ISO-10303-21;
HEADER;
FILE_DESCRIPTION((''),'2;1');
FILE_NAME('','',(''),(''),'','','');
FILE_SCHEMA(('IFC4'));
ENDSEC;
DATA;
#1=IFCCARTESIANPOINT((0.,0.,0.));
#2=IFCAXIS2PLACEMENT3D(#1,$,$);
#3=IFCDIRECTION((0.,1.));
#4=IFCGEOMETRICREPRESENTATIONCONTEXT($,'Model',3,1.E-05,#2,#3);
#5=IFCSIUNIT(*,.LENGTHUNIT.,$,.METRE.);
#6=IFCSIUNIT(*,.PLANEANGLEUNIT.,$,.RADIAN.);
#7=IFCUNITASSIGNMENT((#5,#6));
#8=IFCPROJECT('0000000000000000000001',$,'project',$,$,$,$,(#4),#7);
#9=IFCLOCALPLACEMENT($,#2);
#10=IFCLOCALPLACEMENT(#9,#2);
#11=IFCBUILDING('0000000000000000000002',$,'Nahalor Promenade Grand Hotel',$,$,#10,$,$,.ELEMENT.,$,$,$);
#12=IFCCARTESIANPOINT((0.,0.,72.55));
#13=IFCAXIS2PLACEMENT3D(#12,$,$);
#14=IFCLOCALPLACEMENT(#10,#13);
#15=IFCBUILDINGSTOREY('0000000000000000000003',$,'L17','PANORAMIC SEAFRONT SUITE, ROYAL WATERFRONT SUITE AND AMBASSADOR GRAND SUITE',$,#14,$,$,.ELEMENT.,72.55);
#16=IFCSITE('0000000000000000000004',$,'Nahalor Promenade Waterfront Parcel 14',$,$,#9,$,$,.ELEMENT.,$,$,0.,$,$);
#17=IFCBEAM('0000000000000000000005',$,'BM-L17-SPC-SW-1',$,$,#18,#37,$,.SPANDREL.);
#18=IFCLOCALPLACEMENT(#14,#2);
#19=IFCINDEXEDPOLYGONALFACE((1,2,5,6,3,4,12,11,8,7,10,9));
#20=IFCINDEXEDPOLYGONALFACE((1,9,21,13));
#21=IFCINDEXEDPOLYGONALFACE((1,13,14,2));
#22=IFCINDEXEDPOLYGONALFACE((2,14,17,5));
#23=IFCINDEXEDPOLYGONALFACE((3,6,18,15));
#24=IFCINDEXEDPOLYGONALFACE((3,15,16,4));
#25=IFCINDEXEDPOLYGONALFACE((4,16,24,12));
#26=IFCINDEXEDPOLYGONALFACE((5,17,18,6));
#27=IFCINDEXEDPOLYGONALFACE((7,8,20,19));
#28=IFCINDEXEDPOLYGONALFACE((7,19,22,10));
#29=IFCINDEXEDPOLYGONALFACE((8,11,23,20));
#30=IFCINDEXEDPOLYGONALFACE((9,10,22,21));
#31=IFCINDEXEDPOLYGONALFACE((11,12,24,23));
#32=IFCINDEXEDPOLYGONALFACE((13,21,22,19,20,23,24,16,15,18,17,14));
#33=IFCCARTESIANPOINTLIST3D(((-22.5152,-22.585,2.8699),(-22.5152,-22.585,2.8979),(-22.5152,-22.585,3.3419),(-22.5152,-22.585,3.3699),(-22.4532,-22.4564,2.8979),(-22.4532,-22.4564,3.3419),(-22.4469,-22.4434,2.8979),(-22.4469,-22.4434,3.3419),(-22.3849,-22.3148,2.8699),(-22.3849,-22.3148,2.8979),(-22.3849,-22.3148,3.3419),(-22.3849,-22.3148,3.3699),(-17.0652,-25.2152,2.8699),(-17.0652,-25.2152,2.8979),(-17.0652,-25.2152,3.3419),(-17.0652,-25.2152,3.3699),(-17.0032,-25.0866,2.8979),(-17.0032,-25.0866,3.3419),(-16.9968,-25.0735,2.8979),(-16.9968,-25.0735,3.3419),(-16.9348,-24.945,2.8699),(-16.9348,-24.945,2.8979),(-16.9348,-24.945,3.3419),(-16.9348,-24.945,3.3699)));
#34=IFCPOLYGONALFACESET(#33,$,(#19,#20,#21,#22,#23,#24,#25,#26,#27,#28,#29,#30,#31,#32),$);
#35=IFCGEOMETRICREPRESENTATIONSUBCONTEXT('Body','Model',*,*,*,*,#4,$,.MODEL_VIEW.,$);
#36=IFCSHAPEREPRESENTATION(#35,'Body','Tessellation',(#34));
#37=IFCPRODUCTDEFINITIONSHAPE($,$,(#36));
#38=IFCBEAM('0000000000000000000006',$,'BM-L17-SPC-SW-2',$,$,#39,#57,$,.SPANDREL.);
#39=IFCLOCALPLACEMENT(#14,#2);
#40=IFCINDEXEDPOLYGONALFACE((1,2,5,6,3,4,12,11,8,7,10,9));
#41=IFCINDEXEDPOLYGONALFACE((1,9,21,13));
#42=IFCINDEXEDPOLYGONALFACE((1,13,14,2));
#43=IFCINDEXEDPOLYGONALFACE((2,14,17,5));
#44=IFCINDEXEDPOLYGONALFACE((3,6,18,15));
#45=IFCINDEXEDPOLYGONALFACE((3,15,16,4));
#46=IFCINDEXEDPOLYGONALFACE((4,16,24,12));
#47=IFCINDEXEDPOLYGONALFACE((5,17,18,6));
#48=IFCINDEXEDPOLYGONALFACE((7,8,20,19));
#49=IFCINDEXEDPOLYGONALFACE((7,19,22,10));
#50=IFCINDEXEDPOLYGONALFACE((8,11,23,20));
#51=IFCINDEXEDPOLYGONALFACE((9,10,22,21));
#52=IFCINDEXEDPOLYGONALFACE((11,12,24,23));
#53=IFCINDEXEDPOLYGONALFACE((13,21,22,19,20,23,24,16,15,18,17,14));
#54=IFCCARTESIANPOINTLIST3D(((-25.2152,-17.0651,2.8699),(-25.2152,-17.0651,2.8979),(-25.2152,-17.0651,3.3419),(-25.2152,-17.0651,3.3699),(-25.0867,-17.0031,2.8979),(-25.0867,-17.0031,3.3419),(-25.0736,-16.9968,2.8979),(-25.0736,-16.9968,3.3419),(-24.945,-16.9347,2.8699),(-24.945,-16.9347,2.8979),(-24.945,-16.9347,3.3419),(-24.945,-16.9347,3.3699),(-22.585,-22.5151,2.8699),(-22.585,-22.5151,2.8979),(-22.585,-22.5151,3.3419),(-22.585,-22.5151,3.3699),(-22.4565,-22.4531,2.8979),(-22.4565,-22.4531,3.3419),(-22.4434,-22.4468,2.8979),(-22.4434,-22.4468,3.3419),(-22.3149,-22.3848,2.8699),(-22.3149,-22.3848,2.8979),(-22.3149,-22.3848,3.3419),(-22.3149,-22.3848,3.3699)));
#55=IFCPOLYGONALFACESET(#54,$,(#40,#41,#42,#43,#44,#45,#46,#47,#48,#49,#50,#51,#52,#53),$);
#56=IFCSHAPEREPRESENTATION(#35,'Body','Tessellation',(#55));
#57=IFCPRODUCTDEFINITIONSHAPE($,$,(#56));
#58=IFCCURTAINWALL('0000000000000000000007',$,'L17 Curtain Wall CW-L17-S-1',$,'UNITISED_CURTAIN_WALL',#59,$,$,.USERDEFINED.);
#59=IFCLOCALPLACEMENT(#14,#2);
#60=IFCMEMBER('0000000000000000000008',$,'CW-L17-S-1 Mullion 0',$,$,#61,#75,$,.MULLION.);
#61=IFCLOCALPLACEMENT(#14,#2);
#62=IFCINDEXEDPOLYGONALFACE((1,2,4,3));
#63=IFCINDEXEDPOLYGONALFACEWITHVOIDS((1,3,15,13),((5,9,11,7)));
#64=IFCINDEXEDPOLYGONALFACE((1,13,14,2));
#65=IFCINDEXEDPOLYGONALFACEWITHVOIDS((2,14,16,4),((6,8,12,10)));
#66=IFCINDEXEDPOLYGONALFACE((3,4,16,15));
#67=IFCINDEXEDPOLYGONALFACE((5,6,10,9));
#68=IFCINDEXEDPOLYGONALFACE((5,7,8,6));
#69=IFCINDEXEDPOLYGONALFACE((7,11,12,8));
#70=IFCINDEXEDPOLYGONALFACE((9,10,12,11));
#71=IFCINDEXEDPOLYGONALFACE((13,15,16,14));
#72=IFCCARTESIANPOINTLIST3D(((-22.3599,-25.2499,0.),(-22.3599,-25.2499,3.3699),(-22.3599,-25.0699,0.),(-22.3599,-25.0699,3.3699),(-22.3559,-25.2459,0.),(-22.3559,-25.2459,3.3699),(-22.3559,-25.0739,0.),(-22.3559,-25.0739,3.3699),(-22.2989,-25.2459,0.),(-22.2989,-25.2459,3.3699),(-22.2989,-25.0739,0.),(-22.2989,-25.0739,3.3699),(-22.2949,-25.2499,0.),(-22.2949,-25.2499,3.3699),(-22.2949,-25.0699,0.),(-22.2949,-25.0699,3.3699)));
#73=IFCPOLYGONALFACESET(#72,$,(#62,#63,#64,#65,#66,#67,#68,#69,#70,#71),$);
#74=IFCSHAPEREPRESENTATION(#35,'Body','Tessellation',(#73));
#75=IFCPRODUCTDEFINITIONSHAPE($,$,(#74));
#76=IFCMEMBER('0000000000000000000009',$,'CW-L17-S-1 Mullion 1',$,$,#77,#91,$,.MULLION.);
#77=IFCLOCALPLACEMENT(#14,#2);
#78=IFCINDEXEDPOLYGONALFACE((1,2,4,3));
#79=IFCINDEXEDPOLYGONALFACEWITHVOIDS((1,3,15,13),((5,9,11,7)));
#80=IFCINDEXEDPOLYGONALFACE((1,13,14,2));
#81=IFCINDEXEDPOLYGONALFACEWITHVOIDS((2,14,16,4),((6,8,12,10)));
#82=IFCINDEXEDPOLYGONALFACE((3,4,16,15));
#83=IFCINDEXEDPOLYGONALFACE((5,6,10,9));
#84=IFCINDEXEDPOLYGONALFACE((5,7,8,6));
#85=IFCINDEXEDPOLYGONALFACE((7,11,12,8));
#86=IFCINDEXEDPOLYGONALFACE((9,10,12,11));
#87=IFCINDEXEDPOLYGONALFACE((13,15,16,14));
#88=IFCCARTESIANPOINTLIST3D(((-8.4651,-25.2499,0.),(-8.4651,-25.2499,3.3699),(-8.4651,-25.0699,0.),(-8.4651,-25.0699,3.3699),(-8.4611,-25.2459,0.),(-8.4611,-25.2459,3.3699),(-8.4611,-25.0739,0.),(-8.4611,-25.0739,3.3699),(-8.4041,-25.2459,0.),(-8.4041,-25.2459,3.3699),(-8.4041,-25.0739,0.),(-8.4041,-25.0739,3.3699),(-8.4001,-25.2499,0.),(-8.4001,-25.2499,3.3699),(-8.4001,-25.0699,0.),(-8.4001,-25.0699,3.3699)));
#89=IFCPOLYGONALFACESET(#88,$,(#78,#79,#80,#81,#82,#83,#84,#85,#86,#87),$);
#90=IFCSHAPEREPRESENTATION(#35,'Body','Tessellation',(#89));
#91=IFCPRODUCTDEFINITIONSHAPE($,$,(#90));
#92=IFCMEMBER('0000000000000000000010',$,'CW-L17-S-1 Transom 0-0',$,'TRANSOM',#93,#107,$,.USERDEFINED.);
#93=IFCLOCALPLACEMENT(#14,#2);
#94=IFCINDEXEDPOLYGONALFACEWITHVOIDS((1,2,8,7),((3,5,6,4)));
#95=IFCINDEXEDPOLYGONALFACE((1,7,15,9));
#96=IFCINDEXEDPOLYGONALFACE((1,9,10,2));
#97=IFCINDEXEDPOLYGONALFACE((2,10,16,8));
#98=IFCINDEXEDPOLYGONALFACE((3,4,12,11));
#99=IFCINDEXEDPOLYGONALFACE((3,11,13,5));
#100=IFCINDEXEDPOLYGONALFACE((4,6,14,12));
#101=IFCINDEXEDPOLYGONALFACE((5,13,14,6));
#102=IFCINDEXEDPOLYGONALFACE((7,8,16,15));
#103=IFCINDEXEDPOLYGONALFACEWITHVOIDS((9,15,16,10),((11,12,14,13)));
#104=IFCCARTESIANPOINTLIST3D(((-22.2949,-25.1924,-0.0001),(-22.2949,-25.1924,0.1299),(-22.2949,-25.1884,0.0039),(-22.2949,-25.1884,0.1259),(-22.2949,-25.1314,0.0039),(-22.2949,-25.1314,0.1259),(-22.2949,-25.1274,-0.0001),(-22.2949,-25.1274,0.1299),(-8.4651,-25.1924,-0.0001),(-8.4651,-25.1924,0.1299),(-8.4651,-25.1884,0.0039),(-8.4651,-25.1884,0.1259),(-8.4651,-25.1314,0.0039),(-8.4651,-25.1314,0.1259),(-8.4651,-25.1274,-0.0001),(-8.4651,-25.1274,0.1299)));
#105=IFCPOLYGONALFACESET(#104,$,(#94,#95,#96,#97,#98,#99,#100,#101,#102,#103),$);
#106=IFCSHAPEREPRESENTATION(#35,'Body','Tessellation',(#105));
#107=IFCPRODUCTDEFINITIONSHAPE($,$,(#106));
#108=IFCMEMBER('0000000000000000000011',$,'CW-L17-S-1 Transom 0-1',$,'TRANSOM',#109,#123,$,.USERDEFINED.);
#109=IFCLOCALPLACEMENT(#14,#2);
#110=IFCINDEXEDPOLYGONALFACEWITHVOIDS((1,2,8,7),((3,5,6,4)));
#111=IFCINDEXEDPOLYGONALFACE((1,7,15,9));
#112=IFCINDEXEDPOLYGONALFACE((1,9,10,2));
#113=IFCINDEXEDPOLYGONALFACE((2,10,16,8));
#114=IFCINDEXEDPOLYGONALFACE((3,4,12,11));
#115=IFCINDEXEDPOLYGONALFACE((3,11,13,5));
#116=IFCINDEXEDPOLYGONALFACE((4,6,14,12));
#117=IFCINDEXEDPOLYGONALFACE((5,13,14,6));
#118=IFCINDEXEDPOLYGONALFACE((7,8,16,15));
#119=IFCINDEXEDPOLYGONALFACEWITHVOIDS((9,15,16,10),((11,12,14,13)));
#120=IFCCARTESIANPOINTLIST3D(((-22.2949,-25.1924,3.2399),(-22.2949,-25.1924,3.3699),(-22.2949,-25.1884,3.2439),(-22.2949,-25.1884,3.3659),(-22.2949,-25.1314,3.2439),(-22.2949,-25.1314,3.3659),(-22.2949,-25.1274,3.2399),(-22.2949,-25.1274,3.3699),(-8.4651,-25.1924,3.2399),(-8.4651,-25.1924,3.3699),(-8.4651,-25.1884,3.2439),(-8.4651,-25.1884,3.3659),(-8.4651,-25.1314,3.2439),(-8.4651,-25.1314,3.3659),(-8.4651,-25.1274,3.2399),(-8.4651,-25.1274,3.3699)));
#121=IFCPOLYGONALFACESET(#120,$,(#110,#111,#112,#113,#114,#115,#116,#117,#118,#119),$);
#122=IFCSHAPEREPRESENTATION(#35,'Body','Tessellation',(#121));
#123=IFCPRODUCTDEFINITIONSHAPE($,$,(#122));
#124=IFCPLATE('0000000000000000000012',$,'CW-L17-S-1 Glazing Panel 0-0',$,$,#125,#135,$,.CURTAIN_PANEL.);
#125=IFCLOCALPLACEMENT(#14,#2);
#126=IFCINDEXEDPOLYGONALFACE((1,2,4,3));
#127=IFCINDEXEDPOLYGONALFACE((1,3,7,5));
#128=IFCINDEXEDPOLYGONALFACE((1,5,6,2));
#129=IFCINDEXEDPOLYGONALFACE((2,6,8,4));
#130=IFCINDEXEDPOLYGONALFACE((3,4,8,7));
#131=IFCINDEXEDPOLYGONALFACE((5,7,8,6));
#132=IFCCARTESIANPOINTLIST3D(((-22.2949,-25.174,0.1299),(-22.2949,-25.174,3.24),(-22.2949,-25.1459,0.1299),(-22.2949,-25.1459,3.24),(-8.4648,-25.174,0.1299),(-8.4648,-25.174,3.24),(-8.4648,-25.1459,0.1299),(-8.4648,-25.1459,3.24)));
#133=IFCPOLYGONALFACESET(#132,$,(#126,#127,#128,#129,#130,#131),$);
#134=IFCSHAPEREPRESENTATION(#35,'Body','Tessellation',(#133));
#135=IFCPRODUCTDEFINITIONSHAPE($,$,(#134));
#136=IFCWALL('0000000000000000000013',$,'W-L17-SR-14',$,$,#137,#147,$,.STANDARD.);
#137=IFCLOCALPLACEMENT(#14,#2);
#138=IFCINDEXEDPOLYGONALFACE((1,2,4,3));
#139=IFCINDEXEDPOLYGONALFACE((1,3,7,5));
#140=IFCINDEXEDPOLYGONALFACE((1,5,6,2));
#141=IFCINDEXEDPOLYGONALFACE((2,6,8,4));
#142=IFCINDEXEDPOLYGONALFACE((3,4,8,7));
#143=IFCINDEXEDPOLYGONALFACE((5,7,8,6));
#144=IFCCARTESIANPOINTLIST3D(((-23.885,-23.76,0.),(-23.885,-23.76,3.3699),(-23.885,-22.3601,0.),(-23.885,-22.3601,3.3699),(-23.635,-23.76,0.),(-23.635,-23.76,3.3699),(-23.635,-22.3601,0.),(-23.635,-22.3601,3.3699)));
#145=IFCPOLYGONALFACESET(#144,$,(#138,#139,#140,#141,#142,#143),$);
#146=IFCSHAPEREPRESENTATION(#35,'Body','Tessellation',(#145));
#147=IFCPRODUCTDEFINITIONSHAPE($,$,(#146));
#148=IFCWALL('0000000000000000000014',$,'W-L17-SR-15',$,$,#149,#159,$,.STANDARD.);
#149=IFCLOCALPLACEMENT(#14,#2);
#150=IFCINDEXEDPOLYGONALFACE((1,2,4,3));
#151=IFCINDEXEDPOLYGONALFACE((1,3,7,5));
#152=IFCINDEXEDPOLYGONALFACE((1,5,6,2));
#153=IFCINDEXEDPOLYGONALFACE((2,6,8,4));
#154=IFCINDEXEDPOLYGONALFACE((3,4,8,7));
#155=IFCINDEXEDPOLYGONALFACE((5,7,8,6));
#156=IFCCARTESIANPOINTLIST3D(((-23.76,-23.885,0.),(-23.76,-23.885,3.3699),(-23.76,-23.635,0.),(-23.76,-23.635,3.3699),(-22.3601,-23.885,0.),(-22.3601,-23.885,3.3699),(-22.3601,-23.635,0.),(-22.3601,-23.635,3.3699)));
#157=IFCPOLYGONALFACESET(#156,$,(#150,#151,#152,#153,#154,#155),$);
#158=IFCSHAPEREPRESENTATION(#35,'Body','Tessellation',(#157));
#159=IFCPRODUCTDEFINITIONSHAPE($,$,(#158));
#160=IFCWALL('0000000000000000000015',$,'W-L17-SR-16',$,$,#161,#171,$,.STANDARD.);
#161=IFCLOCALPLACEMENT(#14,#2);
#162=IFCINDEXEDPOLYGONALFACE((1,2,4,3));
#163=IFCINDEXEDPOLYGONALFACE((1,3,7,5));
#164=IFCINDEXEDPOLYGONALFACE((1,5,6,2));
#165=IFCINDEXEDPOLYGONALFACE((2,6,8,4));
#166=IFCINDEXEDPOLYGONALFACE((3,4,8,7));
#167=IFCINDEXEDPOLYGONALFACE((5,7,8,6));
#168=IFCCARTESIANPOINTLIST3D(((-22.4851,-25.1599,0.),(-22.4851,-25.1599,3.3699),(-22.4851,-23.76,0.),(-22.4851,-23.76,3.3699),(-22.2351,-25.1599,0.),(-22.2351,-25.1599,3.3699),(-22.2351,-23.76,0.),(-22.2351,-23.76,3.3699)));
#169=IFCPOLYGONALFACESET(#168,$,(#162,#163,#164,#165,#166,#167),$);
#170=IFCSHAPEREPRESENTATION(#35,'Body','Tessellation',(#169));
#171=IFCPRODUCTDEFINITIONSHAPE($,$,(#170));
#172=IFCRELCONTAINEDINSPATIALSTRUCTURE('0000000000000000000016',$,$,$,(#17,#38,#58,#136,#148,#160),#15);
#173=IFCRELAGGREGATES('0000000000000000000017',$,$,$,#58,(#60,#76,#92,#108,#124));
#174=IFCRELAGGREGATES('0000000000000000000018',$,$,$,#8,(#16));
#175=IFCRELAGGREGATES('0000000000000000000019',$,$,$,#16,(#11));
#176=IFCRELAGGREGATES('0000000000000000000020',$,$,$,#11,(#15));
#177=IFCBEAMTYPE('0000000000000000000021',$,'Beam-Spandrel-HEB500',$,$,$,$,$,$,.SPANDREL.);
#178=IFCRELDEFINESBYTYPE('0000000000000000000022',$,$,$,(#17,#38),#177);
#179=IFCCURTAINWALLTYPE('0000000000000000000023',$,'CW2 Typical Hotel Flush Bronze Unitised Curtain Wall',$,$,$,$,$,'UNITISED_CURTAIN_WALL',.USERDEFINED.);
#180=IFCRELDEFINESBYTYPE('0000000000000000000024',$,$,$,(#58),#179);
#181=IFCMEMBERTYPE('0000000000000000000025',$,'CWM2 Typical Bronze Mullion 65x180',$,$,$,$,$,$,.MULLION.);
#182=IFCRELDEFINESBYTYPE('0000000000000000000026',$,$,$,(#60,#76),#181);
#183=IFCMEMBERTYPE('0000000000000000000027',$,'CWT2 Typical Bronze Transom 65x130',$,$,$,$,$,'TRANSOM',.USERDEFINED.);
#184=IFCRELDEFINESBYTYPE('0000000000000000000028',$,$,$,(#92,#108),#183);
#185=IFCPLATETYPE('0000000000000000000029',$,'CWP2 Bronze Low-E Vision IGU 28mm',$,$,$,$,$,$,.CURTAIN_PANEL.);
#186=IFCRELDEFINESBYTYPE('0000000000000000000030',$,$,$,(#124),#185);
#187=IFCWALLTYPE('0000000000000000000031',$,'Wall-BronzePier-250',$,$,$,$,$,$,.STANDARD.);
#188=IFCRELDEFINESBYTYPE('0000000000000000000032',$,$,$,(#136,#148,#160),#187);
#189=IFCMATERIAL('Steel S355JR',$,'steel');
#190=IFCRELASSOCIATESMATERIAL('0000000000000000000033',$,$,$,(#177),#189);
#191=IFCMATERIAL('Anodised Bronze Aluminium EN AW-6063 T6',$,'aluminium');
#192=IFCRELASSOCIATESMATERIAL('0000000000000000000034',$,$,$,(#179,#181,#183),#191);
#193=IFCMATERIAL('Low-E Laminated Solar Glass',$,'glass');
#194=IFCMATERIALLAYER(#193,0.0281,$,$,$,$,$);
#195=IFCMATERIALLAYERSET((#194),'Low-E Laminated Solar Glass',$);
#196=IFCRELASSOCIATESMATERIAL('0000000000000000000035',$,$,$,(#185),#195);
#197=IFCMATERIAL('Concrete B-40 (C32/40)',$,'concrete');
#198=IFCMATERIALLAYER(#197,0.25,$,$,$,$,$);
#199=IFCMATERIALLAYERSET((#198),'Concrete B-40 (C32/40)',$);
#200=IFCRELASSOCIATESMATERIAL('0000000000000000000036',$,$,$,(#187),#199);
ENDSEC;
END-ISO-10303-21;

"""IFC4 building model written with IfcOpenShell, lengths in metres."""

from ifc_helpers import new_model, si_unit, direction, frame, frame_2d, origin, origin_2d, place, context, subcontext, project, spatial, rectangle, hollow_rectangle, i_section, extrude, source, transform, mapped, material, layer, layer_set, material_profile, profile_set, type_object, element, aggregate, save


model = new_model("IFC4")

# Units and contexts
model_context = context("Model", 3, precision=1e-05, world=origin(), true_north=direction((0.0, 1.0)))
body_context = subcontext(model_context, "Body", "Model", "MODEL_VIEW")
ifc_project = project(units=[si_unit("LENGTHUNIT", "METRE"), si_unit("PLANEANGLEUNIT", "RADIAN")], contexts=[model_context])

# Site, building, storey
site_placement = place(None, origin())
site = spatial("IfcSite", under=ifc_project, at=site_placement, Name="Nahalor Promenade Waterfront Parcel 14", CompositionType="ELEMENT", RefElevation=0.0)
building_placement = place(site_placement, origin())
building = spatial("IfcBuilding", under=site, at=building_placement, Name="Nahalor Promenade Grand Hotel", CompositionType="ELEMENT")
storey_placement = place(building_placement, frame((0.0, 0.0, 72.55)))
storey = spatial("IfcBuildingStorey", under=building, at=storey_placement, Name="L17", Description="PANORAMIC SEAFRONT SUITE, ROYAL WATERFRONT SUITE AND AMBASSADOR GRAND SUITE", CompositionType="ELEMENT", Elevation=72.55)

# Beams
ifc_material_1 = material(Name="Steel S355JR", Category="steel")
ifc_material_profile_1 = material_profile(ifc_material_1, i_section(OverallWidth=0.3, OverallDepth=0.5, WebThickness=0.0145, FlangeThickness=0.028, at=origin_2d()), Name="HEB 500")
ifc_profile_set_1 = profile_set([ifc_material_profile_1], Name="Steel S355JR")
beam_type_1 = type_object("IfcBeamType", Name="Beam-Spandrel-HEB500", PredefinedType="SPANDREL", material=ifc_profile_set_1)
shared_shape_1 = source(origin(), body_context, "Body", "SweptSolid", [
    extrude(i_section(OverallWidth=0.3, OverallDepth=0.5, WebThickness=0.0145, FlangeThickness=0.028, at=origin_2d()), origin(), (0.0, 0.0, 1.0), 6.0515),
])
for number, where, z_axis, x_axis, name in (
    (1, (-17.0, -25.0801, 3.1199), (-0.900609, 0.434631, 0.0), (-0.434631, -0.900609, 0.0), "BM-L17-SPC-SW-1"),
    (2, (-22.45, -22.45, 3.1199), (-0.434631, 0.900609, 0.0), (-0.900609, -0.434631, 0.0), "BM-L17-SPC-SW-2"),
):
    element("IfcBeam", number, at=place(storey_placement, frame(where, z_axis=z_axis, x_axis=x_axis)), inside=storey, type_object=beam_type_1, Name=name, PredefinedType="SPANDREL", context=body_context, shape_type="MappedRepresentation", body=[
        mapped(shared_shape_1, transform((0.0, 0.0, 0.0), scale=1.0)),
    ])

# Curtain wall, members, plate
ifc_material_2 = material(Name="Anodised Bronze Aluminium EN AW-6063 T6", Category="aluminium")
curtain_wall_type = type_object("IfcCurtainWallType", Name="CW2 Typical Hotel Flush Bronze Unitised Curtain Wall", ElementType="UNITISED_CURTAIN_WALL", PredefinedType="USERDEFINED", material=ifc_material_2)
curtain_wall_placement = place(storey_placement, origin())
curtain_wall = element("IfcCurtainWall", 3, at=curtain_wall_placement, inside=storey, type_object=curtain_wall_type, Name="L17 Curtain Wall CW-L17-S-1", ObjectType="UNITISED_CURTAIN_WALL", PredefinedType="USERDEFINED")
ifc_material_profile_2 = material_profile(ifc_material_2, hollow_rectangle(XDim=0.065, YDim=0.18, WallThickness=0.004, at=origin_2d()), Name="CWM 65x180x4")
ifc_profile_set_2 = profile_set([ifc_material_profile_2], Name="Anodised Bronze Aluminium EN AW-6063 T6")
member_type_1 = type_object("IfcMemberType", Name="CWM2 Typical Bronze Mullion 65x180", PredefinedType="MULLION", material=ifc_profile_set_2)
shared_shape_2 = source(origin(), body_context, "Body", "SweptSolid", [
    extrude(hollow_rectangle(XDim=0.065, YDim=0.18, WallThickness=0.004, at=origin_2d()), origin(), (0.0, 0.0, 1.0), 3.3699),
])
member_1_placement = place(storey_placement, frame((-22.3274, -25.1599, 0.0), z_axis=(0.0, 0.0, 1.0), x_axis=(1.0, 0.0, 0.0)))
member_1 = element("IfcMember", 4, at=member_1_placement, type_object=member_type_1, Name="CW-L17-S-1 Mullion 0", PredefinedType="MULLION", context=body_context, shape_type="MappedRepresentation", body=[
    mapped(shared_shape_2, transform((0.0, 0.0, 0.0), scale=1.0)),
])
member_2_placement = place(storey_placement, frame((-8.4326, -25.1599, 0.0), z_axis=(0.0, 0.0, 1.0), x_axis=(1.0, 0.0, 0.0)))
member_2 = element("IfcMember", 5, at=member_2_placement, type_object=member_type_1, Name="CW-L17-S-1 Mullion 1", PredefinedType="MULLION", context=body_context, shape_type="MappedRepresentation", body=[
    mapped(shared_shape_2, transform((0.0, 0.0, 0.0), scale=1.0)),
])
ifc_material_profile_3 = material_profile(ifc_material_2, hollow_rectangle(XDim=0.065, YDim=0.13, WallThickness=0.004, at=origin_2d()), Name="CWT 65x130x4")
ifc_profile_set_3 = profile_set([ifc_material_profile_3], Name="Anodised Bronze Aluminium EN AW-6063 T6")
member_type_2 = type_object("IfcMemberType", Name="CWT2 Typical Bronze Transom 65x130", ElementType="TRANSOM", PredefinedType="USERDEFINED", material=ifc_profile_set_3)
shared_shape_3 = source(origin(), body_context, "Body", "SweptSolid", [
    extrude(hollow_rectangle(XDim=0.065, YDim=0.13, WallThickness=0.004, at=origin_2d()), origin(), (0.0, 0.0, 1.0), 13.8298),
])
member_3_placement = place(storey_placement, frame((-22.2949, -25.1599, 0.0649), z_axis=(1.0, 0.0, 0.0), x_axis=(0.0, 1.0, 0.0)))
member_3 = element("IfcMember", 6, at=member_3_placement, type_object=member_type_2, Name="CW-L17-S-1 Transom 0-0", ObjectType="TRANSOM", PredefinedType="USERDEFINED", context=body_context, shape_type="MappedRepresentation", body=[
    mapped(shared_shape_3, transform((0.0, 0.0, 0.0), scale=1.0)),
])
member_4_placement = place(storey_placement, frame((-22.2949, -25.1599, 3.3049), z_axis=(1.0, 0.0, 0.0), x_axis=(0.0, 1.0, 0.0)))
member_4 = element("IfcMember", 7, at=member_4_placement, type_object=member_type_2, Name="CW-L17-S-1 Transom 0-1", ObjectType="TRANSOM", PredefinedType="USERDEFINED", context=body_context, shape_type="MappedRepresentation", body=[
    mapped(shared_shape_3, transform((0.0, 0.0, 0.0), scale=1.0)),
])
ifc_material_3 = material(Name="Low-E Laminated Solar Glass", Category="glass")
ifc_layer_1 = layer(ifc_material_3, 0.0281)
ifc_layer_set_1 = layer_set([ifc_layer_1], Name="Low-E Laminated Solar Glass")
plate_type = type_object("IfcPlateType", Name="CWP2 Bronze Low-E Vision IGU 28mm", PredefinedType="CURTAIN_PANEL", material=ifc_layer_set_1)
shared_shape_4 = source(origin(), body_context, "Body", "SweptSolid", [
    extrude(rectangle(XDim=13.8301, YDim=0.0281, at=origin_2d()), origin(), (0.0, 0.0, 1.0), 3.1101),
])
plate_placement = place(storey_placement, frame((-15.3799, -25.1599, 0.1299), z_axis=(0.0, 0.0, 1.0), x_axis=(1.0, 0.0, 0.0)))
plate = element("IfcPlate", 8, at=plate_placement, type_object=plate_type, Name="CW-L17-S-1 Glazing Panel 0-0", PredefinedType="CURTAIN_PANEL", context=body_context, shape_type="MappedRepresentation", body=[
    mapped(shared_shape_4, transform((0.0, 0.0, 0.0), scale=1.0)),
])
aggregate(curtain_wall, [member_1, member_2, member_3, member_4, plate])

# Walls
ifc_material_4 = material(Name="Concrete B-40 (C32/40)", Category="concrete")
ifc_layer_2 = layer(ifc_material_4, 0.25)
ifc_layer_set_2 = layer_set([ifc_layer_2], Name="Concrete B-40 (C32/40)")
wall_type_1 = type_object("IfcWallType", Name="Wall-BronzePier-250", PredefinedType="STANDARD", material=ifc_layer_set_2)
shared_shape_5 = source(origin(), body_context, "Body", "SweptSolid", [
    extrude(rectangle(XDim=1.3999, YDim=0.25, at=frame_2d((0.7, 0.0))), origin(), (0.0, 0.0, 1.0), 3.3699),
])
for number, where, z_axis, x_axis, name in (
    (9, (-23.76, -23.76, 0.0), (0.0, 0.0, 1.0), (0.0, 1.0, 0.0), "W-L17-SR-14"),
    (10, (-23.76, -23.76, 0.0), (0.0, 0.0, 1.0), (1.0, 0.0, 0.0), "W-L17-SR-15"),
    (11, (-22.3601, -25.1599, 0.0), (0.0, 0.0, 1.0), (0.0, 1.0, 0.0), "W-L17-SR-16"),
):
    element("IfcWall", number, at=place(storey_placement, frame(where, z_axis=z_axis, x_axis=x_axis)), inside=storey, type_object=wall_type_1, Name=name, PredefinedType="STANDARD", context=body_context, shape_type="MappedRepresentation", body=[
        mapped(shared_shape_5, transform((0.0, 0.0, 0.0), scale=1.0)),
    ])

save(model, "model.ifc")
